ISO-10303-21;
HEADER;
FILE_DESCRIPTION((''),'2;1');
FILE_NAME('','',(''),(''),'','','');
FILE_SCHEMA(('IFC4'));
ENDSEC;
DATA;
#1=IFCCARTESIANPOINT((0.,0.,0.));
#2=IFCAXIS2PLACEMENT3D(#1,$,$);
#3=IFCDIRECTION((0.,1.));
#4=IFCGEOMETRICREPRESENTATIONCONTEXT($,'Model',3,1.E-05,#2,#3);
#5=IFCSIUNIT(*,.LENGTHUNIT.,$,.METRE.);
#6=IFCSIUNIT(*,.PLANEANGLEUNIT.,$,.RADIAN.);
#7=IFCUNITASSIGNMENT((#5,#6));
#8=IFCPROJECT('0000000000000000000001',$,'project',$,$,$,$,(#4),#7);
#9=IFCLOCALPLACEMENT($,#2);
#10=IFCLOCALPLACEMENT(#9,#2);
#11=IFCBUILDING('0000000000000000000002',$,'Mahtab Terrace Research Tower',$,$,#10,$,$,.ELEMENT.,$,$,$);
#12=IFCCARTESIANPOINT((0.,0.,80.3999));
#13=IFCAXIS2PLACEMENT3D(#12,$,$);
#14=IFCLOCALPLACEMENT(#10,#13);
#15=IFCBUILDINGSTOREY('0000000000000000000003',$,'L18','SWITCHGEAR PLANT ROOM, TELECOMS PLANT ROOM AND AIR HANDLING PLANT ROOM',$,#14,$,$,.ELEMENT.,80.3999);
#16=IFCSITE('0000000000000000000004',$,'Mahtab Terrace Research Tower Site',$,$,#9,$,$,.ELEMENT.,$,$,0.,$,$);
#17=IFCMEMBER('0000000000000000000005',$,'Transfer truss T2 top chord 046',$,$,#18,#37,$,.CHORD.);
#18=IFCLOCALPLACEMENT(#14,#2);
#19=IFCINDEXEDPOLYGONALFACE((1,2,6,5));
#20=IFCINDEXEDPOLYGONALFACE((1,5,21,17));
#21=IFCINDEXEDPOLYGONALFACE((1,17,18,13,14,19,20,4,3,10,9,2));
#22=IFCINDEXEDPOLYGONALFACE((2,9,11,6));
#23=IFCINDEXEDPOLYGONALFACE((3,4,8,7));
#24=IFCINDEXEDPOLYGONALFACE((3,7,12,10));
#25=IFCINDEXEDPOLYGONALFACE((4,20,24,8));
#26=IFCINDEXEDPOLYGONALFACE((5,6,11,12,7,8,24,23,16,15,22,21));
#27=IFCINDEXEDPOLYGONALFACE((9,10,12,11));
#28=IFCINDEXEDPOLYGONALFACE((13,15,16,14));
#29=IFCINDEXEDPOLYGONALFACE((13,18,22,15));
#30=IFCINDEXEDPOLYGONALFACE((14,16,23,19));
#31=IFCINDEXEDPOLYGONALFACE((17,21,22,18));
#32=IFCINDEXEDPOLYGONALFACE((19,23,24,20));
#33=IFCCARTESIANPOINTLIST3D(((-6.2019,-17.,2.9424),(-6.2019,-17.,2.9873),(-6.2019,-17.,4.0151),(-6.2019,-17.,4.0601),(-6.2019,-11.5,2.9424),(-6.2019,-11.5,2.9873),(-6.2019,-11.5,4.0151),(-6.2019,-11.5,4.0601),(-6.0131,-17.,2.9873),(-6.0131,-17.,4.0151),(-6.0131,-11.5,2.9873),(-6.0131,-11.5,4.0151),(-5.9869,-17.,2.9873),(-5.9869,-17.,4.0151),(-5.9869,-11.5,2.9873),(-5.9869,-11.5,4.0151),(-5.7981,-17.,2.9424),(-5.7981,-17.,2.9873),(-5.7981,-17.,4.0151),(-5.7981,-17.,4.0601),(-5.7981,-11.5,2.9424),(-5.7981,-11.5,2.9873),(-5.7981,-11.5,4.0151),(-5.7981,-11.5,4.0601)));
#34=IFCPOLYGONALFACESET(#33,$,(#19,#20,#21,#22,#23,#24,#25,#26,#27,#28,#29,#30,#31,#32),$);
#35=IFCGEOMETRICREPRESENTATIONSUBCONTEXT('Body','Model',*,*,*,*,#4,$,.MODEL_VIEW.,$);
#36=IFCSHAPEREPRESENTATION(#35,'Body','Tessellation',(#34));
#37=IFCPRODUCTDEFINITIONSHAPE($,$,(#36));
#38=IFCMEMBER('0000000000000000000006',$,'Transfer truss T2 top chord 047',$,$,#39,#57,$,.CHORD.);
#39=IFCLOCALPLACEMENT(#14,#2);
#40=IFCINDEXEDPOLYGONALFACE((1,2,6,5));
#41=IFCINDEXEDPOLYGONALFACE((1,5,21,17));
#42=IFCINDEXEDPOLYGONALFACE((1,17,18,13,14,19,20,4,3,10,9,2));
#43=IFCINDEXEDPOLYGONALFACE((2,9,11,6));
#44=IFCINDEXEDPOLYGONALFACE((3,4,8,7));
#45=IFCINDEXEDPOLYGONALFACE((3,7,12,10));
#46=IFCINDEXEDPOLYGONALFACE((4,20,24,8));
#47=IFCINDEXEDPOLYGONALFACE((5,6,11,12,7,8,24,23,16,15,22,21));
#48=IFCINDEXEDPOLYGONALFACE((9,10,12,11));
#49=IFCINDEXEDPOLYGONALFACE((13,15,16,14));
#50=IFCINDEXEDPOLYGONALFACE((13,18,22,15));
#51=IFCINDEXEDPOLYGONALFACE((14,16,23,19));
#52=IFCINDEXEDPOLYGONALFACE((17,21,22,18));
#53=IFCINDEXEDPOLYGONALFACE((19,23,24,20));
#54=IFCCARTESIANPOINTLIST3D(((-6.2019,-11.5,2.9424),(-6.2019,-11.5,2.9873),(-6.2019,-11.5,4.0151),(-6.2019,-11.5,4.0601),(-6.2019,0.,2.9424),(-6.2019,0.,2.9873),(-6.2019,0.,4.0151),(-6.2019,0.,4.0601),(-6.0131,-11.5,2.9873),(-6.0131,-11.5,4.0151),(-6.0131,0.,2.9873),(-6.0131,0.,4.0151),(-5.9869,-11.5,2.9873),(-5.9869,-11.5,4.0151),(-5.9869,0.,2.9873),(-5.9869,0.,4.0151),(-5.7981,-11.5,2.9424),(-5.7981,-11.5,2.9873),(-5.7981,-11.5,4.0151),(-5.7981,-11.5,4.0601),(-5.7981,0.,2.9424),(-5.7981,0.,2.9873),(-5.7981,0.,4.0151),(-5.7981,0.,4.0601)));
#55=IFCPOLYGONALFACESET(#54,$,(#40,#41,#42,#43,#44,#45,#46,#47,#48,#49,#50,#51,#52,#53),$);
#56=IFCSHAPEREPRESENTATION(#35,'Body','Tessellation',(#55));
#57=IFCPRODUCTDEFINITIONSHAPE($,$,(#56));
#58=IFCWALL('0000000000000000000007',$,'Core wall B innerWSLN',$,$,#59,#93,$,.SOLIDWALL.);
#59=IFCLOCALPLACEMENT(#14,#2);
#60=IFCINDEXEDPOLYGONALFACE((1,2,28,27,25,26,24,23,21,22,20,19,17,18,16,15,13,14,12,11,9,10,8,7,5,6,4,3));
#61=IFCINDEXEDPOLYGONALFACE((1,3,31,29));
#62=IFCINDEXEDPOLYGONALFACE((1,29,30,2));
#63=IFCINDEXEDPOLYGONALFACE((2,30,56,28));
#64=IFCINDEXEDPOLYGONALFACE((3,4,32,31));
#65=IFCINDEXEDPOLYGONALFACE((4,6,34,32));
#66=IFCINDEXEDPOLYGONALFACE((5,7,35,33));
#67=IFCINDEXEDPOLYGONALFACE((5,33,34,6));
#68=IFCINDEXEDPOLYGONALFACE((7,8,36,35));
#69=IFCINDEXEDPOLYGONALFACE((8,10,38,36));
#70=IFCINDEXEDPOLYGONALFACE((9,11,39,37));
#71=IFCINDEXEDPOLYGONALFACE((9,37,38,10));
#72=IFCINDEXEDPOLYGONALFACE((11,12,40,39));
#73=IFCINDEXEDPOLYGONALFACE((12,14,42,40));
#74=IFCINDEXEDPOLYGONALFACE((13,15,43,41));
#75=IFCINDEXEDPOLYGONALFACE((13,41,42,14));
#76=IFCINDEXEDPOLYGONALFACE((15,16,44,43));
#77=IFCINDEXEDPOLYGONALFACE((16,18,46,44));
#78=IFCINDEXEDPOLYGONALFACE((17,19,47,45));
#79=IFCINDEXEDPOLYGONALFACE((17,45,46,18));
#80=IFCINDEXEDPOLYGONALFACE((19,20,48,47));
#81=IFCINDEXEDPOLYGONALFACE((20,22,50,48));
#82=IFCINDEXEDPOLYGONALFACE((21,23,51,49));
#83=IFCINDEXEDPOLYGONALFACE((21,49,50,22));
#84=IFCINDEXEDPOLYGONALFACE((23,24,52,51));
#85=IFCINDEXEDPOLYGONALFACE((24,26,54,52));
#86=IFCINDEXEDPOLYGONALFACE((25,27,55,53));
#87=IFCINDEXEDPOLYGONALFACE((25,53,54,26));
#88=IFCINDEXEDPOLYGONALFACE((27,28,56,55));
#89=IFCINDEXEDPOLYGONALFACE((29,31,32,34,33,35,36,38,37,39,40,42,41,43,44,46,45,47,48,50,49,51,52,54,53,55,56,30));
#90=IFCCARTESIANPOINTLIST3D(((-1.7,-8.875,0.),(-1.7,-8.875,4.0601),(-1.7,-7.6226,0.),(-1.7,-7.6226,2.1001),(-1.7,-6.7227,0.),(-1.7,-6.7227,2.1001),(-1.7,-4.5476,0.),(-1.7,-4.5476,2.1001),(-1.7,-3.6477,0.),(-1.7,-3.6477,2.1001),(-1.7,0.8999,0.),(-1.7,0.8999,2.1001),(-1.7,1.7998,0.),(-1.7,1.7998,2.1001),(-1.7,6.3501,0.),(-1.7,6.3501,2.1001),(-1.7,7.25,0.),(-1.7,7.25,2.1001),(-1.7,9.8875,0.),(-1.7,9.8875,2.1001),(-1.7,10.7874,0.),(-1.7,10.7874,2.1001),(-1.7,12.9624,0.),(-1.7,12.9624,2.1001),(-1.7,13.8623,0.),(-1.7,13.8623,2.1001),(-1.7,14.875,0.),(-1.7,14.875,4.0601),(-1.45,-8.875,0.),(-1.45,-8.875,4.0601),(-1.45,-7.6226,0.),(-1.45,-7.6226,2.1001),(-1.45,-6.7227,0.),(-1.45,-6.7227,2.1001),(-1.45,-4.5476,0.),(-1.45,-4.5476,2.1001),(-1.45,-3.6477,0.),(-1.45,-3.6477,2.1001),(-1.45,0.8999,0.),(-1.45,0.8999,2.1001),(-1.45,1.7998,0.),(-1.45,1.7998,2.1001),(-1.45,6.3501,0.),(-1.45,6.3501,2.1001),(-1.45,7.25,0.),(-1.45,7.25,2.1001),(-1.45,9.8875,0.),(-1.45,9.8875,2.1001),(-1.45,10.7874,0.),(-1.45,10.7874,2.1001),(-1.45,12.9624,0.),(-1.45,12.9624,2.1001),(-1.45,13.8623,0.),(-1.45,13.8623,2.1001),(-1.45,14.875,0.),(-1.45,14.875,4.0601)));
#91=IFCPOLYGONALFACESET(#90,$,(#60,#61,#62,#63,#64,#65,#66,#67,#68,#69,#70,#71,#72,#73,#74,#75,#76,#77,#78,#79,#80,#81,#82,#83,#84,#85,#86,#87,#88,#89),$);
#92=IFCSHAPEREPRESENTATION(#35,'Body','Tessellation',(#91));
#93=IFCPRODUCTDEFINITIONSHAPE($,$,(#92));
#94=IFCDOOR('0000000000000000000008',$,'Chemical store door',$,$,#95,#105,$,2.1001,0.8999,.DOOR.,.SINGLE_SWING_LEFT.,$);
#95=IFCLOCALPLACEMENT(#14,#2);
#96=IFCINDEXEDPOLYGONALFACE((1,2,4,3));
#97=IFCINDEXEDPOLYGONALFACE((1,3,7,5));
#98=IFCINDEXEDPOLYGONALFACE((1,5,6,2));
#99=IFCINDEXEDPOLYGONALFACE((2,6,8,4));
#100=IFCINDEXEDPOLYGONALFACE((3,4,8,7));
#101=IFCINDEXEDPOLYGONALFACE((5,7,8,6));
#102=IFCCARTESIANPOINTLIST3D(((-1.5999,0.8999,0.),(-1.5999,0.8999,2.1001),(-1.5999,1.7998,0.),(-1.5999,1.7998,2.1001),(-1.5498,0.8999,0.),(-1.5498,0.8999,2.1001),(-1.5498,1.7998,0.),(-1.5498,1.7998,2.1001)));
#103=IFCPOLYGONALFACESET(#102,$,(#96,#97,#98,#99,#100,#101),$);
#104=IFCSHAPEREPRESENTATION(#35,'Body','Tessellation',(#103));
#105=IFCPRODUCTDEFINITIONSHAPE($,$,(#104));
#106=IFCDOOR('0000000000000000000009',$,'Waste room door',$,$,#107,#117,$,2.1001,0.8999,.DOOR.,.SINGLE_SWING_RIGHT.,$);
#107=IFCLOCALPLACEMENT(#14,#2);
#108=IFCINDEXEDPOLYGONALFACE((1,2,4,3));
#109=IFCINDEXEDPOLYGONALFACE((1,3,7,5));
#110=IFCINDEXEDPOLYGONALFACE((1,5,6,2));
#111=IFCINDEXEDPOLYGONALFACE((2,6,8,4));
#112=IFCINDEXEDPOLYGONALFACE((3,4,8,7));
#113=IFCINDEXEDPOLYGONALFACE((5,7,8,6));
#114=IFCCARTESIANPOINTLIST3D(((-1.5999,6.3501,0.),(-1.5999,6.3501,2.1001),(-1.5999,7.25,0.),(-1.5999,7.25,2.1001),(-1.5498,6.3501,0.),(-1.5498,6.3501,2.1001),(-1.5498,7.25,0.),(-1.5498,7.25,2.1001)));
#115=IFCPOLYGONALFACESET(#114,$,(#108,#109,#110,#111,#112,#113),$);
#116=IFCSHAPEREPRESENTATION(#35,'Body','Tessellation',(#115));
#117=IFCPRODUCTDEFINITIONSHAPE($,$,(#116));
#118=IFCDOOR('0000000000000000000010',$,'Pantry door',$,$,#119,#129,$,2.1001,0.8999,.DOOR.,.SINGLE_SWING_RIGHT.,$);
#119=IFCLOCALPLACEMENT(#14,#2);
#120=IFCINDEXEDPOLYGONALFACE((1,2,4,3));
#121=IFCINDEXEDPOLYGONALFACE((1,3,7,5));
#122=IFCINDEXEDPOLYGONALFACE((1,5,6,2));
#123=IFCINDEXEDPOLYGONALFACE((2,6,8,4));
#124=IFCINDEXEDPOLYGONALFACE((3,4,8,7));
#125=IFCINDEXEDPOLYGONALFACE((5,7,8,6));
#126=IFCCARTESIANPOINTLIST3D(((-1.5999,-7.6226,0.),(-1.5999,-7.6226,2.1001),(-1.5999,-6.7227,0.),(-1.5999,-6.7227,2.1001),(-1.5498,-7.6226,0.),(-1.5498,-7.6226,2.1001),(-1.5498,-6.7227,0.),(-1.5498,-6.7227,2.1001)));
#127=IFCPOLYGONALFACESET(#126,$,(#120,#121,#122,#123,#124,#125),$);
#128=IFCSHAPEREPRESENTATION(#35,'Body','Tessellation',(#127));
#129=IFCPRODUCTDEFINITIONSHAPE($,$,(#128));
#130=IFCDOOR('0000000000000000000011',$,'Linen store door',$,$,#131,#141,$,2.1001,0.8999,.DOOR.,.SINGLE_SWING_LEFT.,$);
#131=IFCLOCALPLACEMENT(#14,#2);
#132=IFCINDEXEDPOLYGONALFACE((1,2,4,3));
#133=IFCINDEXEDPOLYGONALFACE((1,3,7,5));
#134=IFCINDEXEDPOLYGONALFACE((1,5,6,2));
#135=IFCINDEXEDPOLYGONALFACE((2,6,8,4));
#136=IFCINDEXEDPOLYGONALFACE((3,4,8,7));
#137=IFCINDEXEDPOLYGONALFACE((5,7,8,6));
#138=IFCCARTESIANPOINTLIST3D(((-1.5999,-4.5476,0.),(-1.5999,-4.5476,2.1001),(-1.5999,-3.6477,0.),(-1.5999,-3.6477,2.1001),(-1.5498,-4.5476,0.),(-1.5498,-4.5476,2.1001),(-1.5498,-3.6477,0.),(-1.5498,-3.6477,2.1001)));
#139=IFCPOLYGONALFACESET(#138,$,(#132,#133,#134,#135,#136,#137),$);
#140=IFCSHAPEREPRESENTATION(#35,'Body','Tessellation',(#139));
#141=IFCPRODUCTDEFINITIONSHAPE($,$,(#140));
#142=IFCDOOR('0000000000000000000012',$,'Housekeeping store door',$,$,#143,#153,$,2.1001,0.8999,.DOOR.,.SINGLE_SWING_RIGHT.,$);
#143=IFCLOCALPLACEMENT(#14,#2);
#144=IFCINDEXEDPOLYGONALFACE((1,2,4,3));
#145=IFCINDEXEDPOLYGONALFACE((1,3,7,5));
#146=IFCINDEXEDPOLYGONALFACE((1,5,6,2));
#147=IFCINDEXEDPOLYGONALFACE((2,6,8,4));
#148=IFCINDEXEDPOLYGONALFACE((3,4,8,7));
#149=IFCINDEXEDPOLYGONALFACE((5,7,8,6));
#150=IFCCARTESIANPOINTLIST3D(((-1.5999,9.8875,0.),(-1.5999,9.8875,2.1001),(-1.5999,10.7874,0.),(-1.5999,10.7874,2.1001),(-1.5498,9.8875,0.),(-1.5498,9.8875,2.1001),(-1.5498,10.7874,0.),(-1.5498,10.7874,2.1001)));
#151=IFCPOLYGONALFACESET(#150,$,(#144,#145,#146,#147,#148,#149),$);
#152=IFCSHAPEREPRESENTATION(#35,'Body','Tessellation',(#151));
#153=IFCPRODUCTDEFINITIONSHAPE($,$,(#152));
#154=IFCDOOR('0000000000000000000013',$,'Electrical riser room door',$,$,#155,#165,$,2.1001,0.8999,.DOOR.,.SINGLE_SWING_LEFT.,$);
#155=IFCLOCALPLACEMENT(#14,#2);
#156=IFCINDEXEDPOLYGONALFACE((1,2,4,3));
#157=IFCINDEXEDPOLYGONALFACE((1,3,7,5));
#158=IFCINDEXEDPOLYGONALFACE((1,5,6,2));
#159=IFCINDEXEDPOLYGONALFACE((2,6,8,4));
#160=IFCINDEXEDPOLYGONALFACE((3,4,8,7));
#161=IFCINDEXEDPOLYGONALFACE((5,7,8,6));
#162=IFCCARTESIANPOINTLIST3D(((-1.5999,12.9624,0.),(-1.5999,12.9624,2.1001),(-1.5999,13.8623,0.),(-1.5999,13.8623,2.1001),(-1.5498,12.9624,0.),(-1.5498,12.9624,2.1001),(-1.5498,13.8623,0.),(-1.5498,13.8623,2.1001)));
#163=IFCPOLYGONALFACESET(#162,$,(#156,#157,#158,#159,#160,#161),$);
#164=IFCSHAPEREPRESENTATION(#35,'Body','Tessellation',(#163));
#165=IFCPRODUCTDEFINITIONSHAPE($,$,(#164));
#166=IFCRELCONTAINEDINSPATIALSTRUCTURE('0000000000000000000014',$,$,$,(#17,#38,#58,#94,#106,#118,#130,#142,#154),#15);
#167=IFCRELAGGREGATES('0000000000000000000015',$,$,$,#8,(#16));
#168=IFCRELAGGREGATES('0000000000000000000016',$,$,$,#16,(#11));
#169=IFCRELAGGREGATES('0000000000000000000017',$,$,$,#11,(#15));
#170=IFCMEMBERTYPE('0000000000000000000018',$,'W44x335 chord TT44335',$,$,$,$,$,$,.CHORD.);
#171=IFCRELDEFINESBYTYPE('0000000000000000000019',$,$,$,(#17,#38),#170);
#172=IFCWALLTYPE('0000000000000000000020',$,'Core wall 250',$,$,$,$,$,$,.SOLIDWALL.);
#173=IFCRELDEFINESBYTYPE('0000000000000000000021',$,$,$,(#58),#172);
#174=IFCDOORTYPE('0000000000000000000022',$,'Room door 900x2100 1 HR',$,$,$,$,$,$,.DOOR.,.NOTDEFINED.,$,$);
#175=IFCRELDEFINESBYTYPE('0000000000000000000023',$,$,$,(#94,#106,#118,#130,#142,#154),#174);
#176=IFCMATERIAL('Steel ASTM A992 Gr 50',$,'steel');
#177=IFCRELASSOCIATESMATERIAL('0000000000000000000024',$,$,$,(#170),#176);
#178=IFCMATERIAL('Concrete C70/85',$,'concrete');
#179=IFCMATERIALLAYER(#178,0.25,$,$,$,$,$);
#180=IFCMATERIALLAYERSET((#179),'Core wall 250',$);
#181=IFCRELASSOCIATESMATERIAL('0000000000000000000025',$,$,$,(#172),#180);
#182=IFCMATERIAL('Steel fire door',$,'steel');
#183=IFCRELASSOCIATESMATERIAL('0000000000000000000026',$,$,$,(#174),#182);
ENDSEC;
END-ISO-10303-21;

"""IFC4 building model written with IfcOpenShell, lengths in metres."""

from ifc_helpers import new_model, si_unit, direction, frame, frame_2d, origin, origin_2d, place, context, subcontext, project, spatial, rectangle, i_section, extrude, material, layer, layer_set, material_profile, profile_set, type_object, element, fill, save


model = new_model("IFC4")

# Units and contexts
model_context = context("Model", 3, precision=1e-05, world=origin(), true_north=direction((0.0, 1.0)))
body_context = subcontext(model_context, "Body", "Model", "MODEL_VIEW")
ifc_project = project(units=[si_unit("LENGTHUNIT", "METRE"), si_unit("PLANEANGLEUNIT", "RADIAN")], contexts=[model_context])

# Site, building, storey
site_placement = place(None, origin())
site = spatial("IfcSite", under=ifc_project, at=site_placement, Name="Mahtab Terrace Research Tower Site", CompositionType="ELEMENT", RefElevation=0.0)
building_placement = place(site_placement, origin())
building = spatial("IfcBuilding", under=site, at=building_placement, Name="Mahtab Terrace Research Tower", CompositionType="ELEMENT")
storey_placement = place(building_placement, frame((0.0, 0.0, 80.3999)))
storey = spatial("IfcBuildingStorey", under=building, at=storey_placement, Name="L18", Description="SWITCHGEAR PLANT ROOM, TELECOMS PLANT ROOM AND AIR HANDLING PLANT ROOM", CompositionType="ELEMENT", Elevation=80.3999)

# Shared definitions
ifc_material_1 = material(Name="Concrete C70/85", Category="concrete")

# Shared definitions
ifc_material_2 = material(Name="Steel ASTM A992 Gr 50", Category="steel")

# Members
ifc_material_profile_1 = material_profile(ifc_material_2, i_section(OverallWidth=0.4038, OverallDepth=1.1177, WebThickness=0.0261, FlangeThickness=0.0449, at=origin_2d()), Name="W44X335")
ifc_profile_set_1 = profile_set([ifc_material_profile_1], Name="Steel ASTM A992 Gr 50")
member_type_1 = type_object("IfcMemberType", Name="W44x335 chord TT44335", PredefinedType="CHORD", material=ifc_profile_set_1)
member_1_placement = place(storey_placement, frame((-6.0, -17.0, 3.5012), z_axis=(0.0, 1.0, 0.0), x_axis=(-1.0, 0.0, 0.0)))
element("IfcMember", 1, at=member_1_placement, inside=storey, type_object=member_type_1, Name="Transfer truss T2 top chord 046", PredefinedType="CHORD", context=body_context, shape_type="SweptSolid", body=[
    extrude(i_section(OverallWidth=0.4038, OverallDepth=1.1177, WebThickness=0.0261, FlangeThickness=0.0449, at=origin_2d()), origin(), (0.0, 0.0, 1.0), 5.5),
])
member_2_placement = place(storey_placement, frame((-6.0, -11.5, 3.5012), z_axis=(0.0, 1.0, 0.0), x_axis=(-1.0, 0.0, 0.0)))
element("IfcMember", 2, at=member_2_placement, inside=storey, type_object=member_type_1, Name="Transfer truss T2 top chord 047", PredefinedType="CHORD", context=body_context, shape_type="SweptSolid", body=[
    extrude(i_section(OverallWidth=0.4038, OverallDepth=1.1177, WebThickness=0.0261, FlangeThickness=0.0449, at=origin_2d()), origin(), (0.0, 0.0, 1.0), 11.5),
])

# Wall, openings, doors
ifc_layer_1 = layer(ifc_material_1, 0.25)
ifc_layer_set_1 = layer_set([ifc_layer_1], Name="Core wall 250")
wall_type_1 = type_object("IfcWallType", Name="Core wall 250", PredefinedType="SOLIDWALL", material=ifc_layer_set_1)
wall_1_placement = place(storey_placement, frame((-1.575, -8.875, 0.0), z_axis=(0.0, 0.0, 1.0), x_axis=(0.0, 1.0, 0.0)))
wall_1 = element("IfcWall", 3, at=wall_1_placement, inside=storey, type_object=wall_type_1, Name="Core wall B innerWSLN", PredefinedType="SOLIDWALL", context=body_context, shape_type="SweptSolid", body=[
    extrude(rectangle(XDim=23.75, YDim=0.25, at=frame_2d((11.875, 0.0))), origin(), (0.0, 0.0, 1.0), 4.0601),
])
opening_1_placement = place(wall_1_placement, frame((9.7749, 0.0, 0.0)))
opening_1 = element("IfcOpeningElement", 4, at=opening_1_placement, cuts=wall_1, PredefinedType="OPENING", context=body_context, shape_type="SweptSolid", body=[
    extrude(rectangle(XDim=0.8999, YDim=2.1001, at=frame_2d((0.45, 1.05))), frame((0.0, 0.135, 0.0), z_axis=(0.0, -1.0, 0.0), x_axis=(1.0, 0.0, 0.0)), (0.0, 0.0, 1.0), 0.27),
])
opening_2_placement = place(wall_1_placement, frame((15.2251, 0.0, 0.0)))
opening_2 = element("IfcOpeningElement", 5, at=opening_2_placement, cuts=wall_1, PredefinedType="OPENING", context=body_context, shape_type="SweptSolid", body=[
    extrude(rectangle(XDim=0.8999, YDim=2.1001, at=frame_2d((0.45, 1.05))), frame((0.0, 0.135, 0.0), z_axis=(0.0, -1.0, 0.0), x_axis=(1.0, 0.0, 0.0)), (0.0, 0.0, 1.0), 0.27),
])
opening_3_placement = place(wall_1_placement, frame((1.2524, 0.0, 0.0)))
opening_3 = element("IfcOpeningElement", 6, at=opening_3_placement, cuts=wall_1, PredefinedType="OPENING", context=body_context, shape_type="SweptSolid", body=[
    extrude(rectangle(XDim=0.8999, YDim=2.1001, at=frame_2d((0.45, 1.05))), frame((0.0, 0.135, 0.0), z_axis=(0.0, -1.0, 0.0), x_axis=(1.0, 0.0, 0.0)), (0.0, 0.0, 1.0), 0.27),
])
opening_4_placement = place(wall_1_placement, frame((4.3274, 0.0, 0.0)))
opening_4 = element("IfcOpeningElement", 7, at=opening_4_placement, cuts=wall_1, PredefinedType="OPENING", context=body_context, shape_type="SweptSolid", body=[
    extrude(rectangle(XDim=0.8999, YDim=2.1001, at=frame_2d((0.45, 1.05))), frame((0.0, 0.135, 0.0), z_axis=(0.0, -1.0, 0.0), x_axis=(1.0, 0.0, 0.0)), (0.0, 0.0, 1.0), 0.27),
])
opening_5_placement = place(wall_1_placement, frame((18.7625, 0.0, 0.0)))
opening_5 = element("IfcOpeningElement", 8, at=opening_5_placement, cuts=wall_1, PredefinedType="OPENING", context=body_context, shape_type="SweptSolid", body=[
    extrude(rectangle(XDim=0.8999, YDim=2.1001, at=frame_2d((0.45, 1.05))), frame((0.0, 0.135, 0.0), z_axis=(0.0, -1.0, 0.0), x_axis=(1.0, 0.0, 0.0)), (0.0, 0.0, 1.0), 0.27),
])
opening_6_placement = place(wall_1_placement, frame((21.8374, 0.0, 0.0)))
opening_6 = element("IfcOpeningElement", 9, at=opening_6_placement, cuts=wall_1, PredefinedType="OPENING", context=body_context, shape_type="SweptSolid", body=[
    extrude(rectangle(XDim=0.8999, YDim=2.1001, at=frame_2d((0.45, 1.05))), frame((0.0, 0.135, 0.0), z_axis=(0.0, -1.0, 0.0), x_axis=(1.0, 0.0, 0.0)), (0.0, 0.0, 1.0), 0.27),
])
ifc_material_3 = material(Name="Steel fire door", Category="steel")
door_type_1 = type_object("IfcDoorType", Name="Room door 900x2100 1 HR", OperationType="NOTDEFINED", PredefinedType="DOOR", material=ifc_material_3)
door_1_placement = place(opening_1_placement, origin())
door_1 = element("IfcDoor", 10, at=door_1_placement, inside=storey, type_object=door_type_1, Name="Chemical store door", OperationType="SINGLE_SWING_LEFT", OverallHeight=2.1001, OverallWidth=0.8999, PredefinedType="DOOR", context=body_context, shape_type="SweptSolid", body=[
    extrude(rectangle(XDim=0.8999, YDim=2.1001, at=frame_2d((0.45, 1.05))), frame((0.0, 0.0249, 0.0), z_axis=(0.0, -1.0, 0.0), x_axis=(1.0, 0.0, 0.0)), (0.0, 0.0, 1.0), 0.05),
])
fill(opening_1, door_1)
door_2_placement = place(opening_2_placement, origin())
door_2 = element("IfcDoor", 11, at=door_2_placement, inside=storey, type_object=door_type_1, Name="Waste room door", OperationType="SINGLE_SWING_RIGHT", OverallHeight=2.1001, OverallWidth=0.8999, PredefinedType="DOOR", context=body_context, shape_type="SweptSolid", body=[
    extrude(rectangle(XDim=0.8999, YDim=2.1001, at=frame_2d((0.45, 1.05))), frame((0.0, 0.0249, 0.0), z_axis=(0.0, -1.0, 0.0), x_axis=(1.0, 0.0, 0.0)), (0.0, 0.0, 1.0), 0.05),
])
fill(opening_2, door_2)
door_3_placement = place(opening_3_placement, origin())
door_3 = element("IfcDoor", 12, at=door_3_placement, inside=storey, type_object=door_type_1, Name="Pantry door", OperationType="SINGLE_SWING_RIGHT", OverallHeight=2.1001, OverallWidth=0.8999, PredefinedType="DOOR", context=body_context, shape_type="SweptSolid", body=[
    extrude(rectangle(XDim=0.8999, YDim=2.1001, at=frame_2d((0.45, 1.05))), frame((0.0, 0.0249, 0.0), z_axis=(0.0, -1.0, 0.0), x_axis=(1.0, 0.0, 0.0)), (0.0, 0.0, 1.0), 0.05),
])
fill(opening_3, door_3)
door_4_placement = place(opening_4_placement, origin())
door_4 = element("IfcDoor", 13, at=door_4_placement, inside=storey, type_object=door_type_1, Name="Linen store door", OperationType="SINGLE_SWING_LEFT", OverallHeight=2.1001, OverallWidth=0.8999, PredefinedType="DOOR", context=body_context, shape_type="SweptSolid", body=[
    extrude(rectangle(XDim=0.8999, YDim=2.1001, at=frame_2d((0.45, 1.05))), frame((0.0, 0.0249, 0.0), z_axis=(0.0, -1.0, 0.0), x_axis=(1.0, 0.0, 0.0)), (0.0, 0.0, 1.0), 0.05),
])
fill(opening_4, door_4)
door_5_placement = place(opening_5_placement, origin())
door_5 = element("IfcDoor", 14, at=door_5_placement, inside=storey, type_object=door_type_1, Name="Housekeeping store door", OperationType="SINGLE_SWING_RIGHT", OverallHeight=2.1001, OverallWidth=0.8999, PredefinedType="DOOR", context=body_context, shape_type="SweptSolid", body=[
    extrude(rectangle(XDim=0.8999, YDim=2.1001, at=frame_2d((0.45, 1.05))), frame((0.0, 0.0249, 0.0), z_axis=(0.0, -1.0, 0.0), x_axis=(1.0, 0.0, 0.0)), (0.0, 0.0, 1.0), 0.05),
])
fill(opening_5, door_5)
door_6_placement = place(opening_6_placement, origin())
door_6 = element("IfcDoor", 15, at=door_6_placement, inside=storey, type_object=door_type_1, Name="Electrical riser room door", OperationType="SINGLE_SWING_LEFT", OverallHeight=2.1001, OverallWidth=0.8999, PredefinedType="DOOR", context=body_context, shape_type="SweptSolid", body=[
    extrude(rectangle(XDim=0.8999, YDim=2.1001, at=frame_2d((0.45, 1.05))), frame((0.0, 0.0249, 0.0), z_axis=(0.0, -1.0, 0.0), x_axis=(1.0, 0.0, 0.0)), (0.0, 0.0, 1.0), 0.05),
])
fill(opening_6, door_6)

save(model, "model.ifc")
